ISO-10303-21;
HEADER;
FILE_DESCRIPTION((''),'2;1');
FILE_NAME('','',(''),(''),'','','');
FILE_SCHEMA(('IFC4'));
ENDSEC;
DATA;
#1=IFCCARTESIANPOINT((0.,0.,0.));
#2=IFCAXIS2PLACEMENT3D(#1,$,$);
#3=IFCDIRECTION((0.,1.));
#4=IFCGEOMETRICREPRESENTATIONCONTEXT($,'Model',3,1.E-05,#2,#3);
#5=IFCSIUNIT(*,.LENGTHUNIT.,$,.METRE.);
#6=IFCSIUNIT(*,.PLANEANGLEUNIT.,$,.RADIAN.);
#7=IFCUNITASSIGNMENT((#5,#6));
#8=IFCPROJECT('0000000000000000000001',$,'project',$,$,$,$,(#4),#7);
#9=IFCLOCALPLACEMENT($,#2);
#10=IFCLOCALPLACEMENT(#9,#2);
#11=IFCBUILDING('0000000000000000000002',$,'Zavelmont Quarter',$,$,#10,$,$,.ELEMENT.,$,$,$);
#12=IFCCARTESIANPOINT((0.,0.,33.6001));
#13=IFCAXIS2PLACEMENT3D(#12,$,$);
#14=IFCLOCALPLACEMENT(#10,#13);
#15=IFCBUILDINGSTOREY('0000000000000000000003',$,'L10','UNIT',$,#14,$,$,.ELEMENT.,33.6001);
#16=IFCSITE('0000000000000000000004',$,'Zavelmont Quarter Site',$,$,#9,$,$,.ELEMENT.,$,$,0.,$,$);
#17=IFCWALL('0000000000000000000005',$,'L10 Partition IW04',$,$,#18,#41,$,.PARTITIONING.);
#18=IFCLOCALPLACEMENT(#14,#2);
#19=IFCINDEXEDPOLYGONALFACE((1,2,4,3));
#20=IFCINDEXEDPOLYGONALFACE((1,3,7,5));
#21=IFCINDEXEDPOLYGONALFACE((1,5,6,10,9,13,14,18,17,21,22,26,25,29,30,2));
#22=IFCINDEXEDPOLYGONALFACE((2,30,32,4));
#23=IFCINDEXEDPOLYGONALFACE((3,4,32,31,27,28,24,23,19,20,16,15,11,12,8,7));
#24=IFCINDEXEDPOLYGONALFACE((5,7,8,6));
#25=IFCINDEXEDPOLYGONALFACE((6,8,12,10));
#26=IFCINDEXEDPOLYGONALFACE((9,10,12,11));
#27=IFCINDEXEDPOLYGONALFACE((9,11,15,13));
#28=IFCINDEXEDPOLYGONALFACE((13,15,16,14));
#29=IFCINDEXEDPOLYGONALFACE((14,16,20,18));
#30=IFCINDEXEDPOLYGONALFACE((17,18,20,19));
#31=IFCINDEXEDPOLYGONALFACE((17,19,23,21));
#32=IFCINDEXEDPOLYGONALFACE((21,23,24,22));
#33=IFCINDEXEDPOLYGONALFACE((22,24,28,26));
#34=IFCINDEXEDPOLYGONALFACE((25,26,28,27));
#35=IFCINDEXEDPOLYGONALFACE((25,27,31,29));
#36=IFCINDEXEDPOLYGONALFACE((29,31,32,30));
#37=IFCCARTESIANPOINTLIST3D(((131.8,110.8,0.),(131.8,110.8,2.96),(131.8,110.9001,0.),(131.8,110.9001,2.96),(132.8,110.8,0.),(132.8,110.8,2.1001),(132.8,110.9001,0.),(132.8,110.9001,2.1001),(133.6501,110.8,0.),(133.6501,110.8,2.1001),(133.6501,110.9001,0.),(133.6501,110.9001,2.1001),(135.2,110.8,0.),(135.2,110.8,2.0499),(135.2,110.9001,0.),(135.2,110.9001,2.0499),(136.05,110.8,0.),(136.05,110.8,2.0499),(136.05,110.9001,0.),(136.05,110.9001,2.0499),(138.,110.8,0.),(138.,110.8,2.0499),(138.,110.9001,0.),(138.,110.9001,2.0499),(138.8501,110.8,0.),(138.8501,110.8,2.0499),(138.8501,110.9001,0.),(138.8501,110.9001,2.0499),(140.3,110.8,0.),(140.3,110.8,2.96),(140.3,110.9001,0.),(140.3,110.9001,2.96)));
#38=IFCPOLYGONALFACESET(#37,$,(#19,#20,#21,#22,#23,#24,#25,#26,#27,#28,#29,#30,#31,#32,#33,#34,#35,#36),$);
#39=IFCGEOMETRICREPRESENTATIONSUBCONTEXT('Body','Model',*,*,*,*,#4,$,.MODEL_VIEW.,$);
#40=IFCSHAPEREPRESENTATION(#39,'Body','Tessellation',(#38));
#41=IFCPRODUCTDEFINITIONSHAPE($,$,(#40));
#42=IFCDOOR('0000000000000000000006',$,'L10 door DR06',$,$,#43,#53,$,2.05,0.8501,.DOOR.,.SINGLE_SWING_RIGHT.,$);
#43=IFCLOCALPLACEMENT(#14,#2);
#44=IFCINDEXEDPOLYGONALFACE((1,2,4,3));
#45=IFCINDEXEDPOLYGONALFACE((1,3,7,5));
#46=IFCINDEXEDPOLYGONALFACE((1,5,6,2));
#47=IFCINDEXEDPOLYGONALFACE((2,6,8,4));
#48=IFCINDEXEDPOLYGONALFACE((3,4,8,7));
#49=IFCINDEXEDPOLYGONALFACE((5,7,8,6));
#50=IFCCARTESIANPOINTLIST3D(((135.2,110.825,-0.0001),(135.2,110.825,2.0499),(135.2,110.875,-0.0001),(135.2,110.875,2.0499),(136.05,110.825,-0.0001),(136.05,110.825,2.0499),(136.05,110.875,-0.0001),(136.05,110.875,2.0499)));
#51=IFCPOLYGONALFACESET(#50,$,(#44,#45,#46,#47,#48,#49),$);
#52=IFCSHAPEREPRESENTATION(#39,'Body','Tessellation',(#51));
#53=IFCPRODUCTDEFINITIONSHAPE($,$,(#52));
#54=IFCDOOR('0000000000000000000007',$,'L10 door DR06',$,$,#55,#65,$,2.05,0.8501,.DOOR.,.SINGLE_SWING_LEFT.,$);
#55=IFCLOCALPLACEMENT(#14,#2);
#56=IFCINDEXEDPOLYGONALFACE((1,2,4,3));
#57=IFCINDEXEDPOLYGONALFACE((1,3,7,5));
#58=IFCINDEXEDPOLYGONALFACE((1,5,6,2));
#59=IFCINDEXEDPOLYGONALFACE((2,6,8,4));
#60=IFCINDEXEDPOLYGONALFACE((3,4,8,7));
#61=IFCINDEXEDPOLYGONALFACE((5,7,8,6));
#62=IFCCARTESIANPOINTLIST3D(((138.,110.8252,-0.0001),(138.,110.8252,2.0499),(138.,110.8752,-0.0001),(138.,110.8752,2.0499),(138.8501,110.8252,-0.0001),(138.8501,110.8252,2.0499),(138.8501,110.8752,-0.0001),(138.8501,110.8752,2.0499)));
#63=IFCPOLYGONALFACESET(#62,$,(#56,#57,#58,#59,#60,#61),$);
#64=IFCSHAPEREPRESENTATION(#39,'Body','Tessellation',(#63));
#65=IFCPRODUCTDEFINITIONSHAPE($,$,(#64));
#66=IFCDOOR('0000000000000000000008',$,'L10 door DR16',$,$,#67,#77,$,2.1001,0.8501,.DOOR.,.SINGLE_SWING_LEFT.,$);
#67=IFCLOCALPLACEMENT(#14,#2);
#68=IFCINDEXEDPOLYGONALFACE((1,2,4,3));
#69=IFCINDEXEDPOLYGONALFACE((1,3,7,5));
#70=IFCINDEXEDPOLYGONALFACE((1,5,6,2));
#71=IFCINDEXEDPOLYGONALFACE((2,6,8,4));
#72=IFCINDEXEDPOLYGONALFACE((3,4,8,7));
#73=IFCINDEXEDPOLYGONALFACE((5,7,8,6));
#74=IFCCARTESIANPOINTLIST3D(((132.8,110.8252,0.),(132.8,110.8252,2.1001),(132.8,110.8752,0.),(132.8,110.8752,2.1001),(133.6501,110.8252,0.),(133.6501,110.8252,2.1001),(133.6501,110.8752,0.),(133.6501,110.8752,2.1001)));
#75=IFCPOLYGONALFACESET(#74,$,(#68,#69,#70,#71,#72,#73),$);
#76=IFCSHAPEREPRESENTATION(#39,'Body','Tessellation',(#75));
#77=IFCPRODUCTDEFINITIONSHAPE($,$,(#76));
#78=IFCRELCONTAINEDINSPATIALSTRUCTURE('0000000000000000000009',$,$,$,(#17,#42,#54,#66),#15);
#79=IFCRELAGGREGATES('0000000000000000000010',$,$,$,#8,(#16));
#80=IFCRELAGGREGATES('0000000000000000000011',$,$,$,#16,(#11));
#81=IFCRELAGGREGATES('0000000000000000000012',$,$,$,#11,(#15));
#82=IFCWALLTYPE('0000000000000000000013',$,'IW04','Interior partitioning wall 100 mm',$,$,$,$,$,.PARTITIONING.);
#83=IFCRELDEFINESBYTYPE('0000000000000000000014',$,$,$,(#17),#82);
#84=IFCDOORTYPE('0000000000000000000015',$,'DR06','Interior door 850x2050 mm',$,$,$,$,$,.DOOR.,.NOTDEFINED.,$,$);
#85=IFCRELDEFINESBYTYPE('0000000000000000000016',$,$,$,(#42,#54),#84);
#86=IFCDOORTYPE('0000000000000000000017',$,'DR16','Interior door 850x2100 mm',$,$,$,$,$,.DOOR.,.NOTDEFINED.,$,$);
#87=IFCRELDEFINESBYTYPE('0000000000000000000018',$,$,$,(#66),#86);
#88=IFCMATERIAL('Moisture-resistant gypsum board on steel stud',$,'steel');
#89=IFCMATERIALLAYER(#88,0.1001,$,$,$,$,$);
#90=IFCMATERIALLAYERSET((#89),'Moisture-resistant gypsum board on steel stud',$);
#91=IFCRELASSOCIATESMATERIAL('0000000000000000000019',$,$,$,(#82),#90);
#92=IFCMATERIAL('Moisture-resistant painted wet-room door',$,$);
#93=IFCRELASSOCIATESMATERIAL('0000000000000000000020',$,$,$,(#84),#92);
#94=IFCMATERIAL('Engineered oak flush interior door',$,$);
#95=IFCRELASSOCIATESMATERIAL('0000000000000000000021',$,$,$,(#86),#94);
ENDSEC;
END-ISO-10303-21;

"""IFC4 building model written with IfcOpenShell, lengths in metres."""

from ifc_helpers import new_model, si_unit, direction, frame, frame_2d, origin, origin_with_axes, place, context, subcontext, project, spatial, rectangle, extrude, material, layer, layer_set, type_object, element, fill, save


model = new_model("IFC4")

# Units and contexts
model_context = context("Model", 3, precision=1e-05, world=origin(), true_north=direction((0.0, 1.0)))
body_context = subcontext(model_context, "Body", "Model", "MODEL_VIEW")
ifc_project = project(units=[si_unit("LENGTHUNIT", "METRE"), si_unit("PLANEANGLEUNIT", "RADIAN")], contexts=[model_context])

# Site, building, storey
site_placement = place(None, origin())
site = spatial("IfcSite", under=ifc_project, at=site_placement, Name="Zavelmont Quarter Site", CompositionType="ELEMENT", RefElevation=0.0)
building_placement = place(site_placement, origin())
building = spatial("IfcBuilding", under=site, at=building_placement, Name="Zavelmont Quarter", CompositionType="ELEMENT")
storey_placement = place(building_placement, frame((0.0, 0.0, 33.6001)))
storey = spatial("IfcBuildingStorey", under=building, at=storey_placement, Name="L10", Description="UNIT", CompositionType="ELEMENT", Elevation=33.6001)

# Shared definitions
ifc_material_1 = material(Name="Engineered oak flush interior door")

# Shared definitions
ifc_material_2 = material(Name="Moisture-resistant gypsum board on steel stud", Category="steel")
ifc_layer_1 = layer(ifc_material_2, 0.1001)
ifc_layer_set_1 = layer_set([ifc_layer_1], Name="Moisture-resistant gypsum board on steel stud")
wall_type_1 = type_object("IfcWallType", Name="IW04", Description="Interior partitioning wall 100 mm", PredefinedType="PARTITIONING", material=ifc_layer_set_1)

# Wall, openings, doors
wall_1_placement = place(storey_placement, frame((131.8, 110.8501, 0.0), z_axis=(0.0, 0.0, 1.0), x_axis=(1.0, 0.0, 0.0)))
wall_1 = element("IfcWall", 1, at=wall_1_placement, inside=storey, type_object=wall_type_1, Name="L10 Partition IW04", PredefinedType="PARTITIONING", context=body_context, shape_type="SweptSolid", body=[
    extrude(rectangle(XDim=8.5, YDim=0.1001, at=frame_2d((4.25, 0.0))), origin(), (0.0, 0.0, 1.0), 2.96),
])
opening_1_placement = place(wall_1_placement, frame((1.0, 0.0, 0.0)))
opening_1 = element("IfcOpeningElement", 2, at=opening_1_placement, cuts=wall_1, PredefinedType="OPENING", context=body_context, shape_type="SweptSolid", body=[
    extrude(rectangle(XDim=0.8501, YDim=2.1001, at=frame_2d((0.425, 1.05))), frame((0.0, 0.062, 0.0), z_axis=(0.0, -1.0, 0.0), x_axis=(1.0, 0.0, 0.0)), (0.0, 0.0, 1.0), 0.124),
])
opening_2_placement = place(wall_1_placement, frame((3.3999, 0.0, 0.0)))
opening_2 = element("IfcOpeningElement", 3, at=opening_2_placement, cuts=wall_1, PredefinedType="OPENING", context=body_context, shape_type="SweptSolid", body=[
    extrude(rectangle(XDim=0.8501, YDim=2.05, at=frame_2d((0.425, 1.0249))), frame((0.0, 0.062, 0.0), z_axis=(0.0, -1.0, 0.0), x_axis=(1.0, 0.0, 0.0)), (0.0, 0.0, 1.0), 0.124),
])
opening_3_placement = place(wall_1_placement, frame((6.2, 0.0, 0.0)))
opening_3 = element("IfcOpeningElement", 4, at=opening_3_placement, cuts=wall_1, PredefinedType="OPENING", context=body_context, shape_type="SweptSolid", body=[
    extrude(rectangle(XDim=0.8501, YDim=2.05, at=frame_2d((0.425, 1.0249))), frame((0.0, 0.062, 0.0), z_axis=(0.0, -1.0, 0.0), x_axis=(1.0, 0.0, 0.0)), (0.0, 0.0, 1.0), 0.124),
])
ifc_material_3 = material(Name="Moisture-resistant painted wet-room door")
door_type_1 = type_object("IfcDoorType", Name="DR06", Description="Interior door 850x2050 mm", OperationType="NOTDEFINED", PredefinedType="DOOR", material=ifc_material_3)
door_1_placement = place(opening_2_placement, origin_with_axes())
door_1 = element("IfcDoor", 5, at=door_1_placement, inside=storey, type_object=door_type_1, Name="L10 door DR06", OperationType="SINGLE_SWING_RIGHT", OverallHeight=2.05, OverallWidth=0.8501, PredefinedType="DOOR", context=body_context, shape_type="SweptSolid", body=[
    extrude(rectangle(XDim=0.8501, YDim=2.05, at=frame_2d((0.425, 1.0249))), frame((0.0, 0.0249, 0.0), z_axis=(0.0, -1.0, 0.0), x_axis=(1.0, 0.0, 0.0)), (0.0, 0.0, 1.0), 0.05),
])
fill(opening_2, door_1)
door_2_placement = place(opening_3_placement, frame((0.8501, 0.0, 0.0), z_axis=(0.0, 0.0, 1.0), x_axis=(-1.0, 0.0, 0.0)))
door_2 = element("IfcDoor", 6, at=door_2_placement, inside=storey, type_object=door_type_1, Name="L10 door DR06", OperationType="SINGLE_SWING_LEFT", OverallHeight=2.05, OverallWidth=0.8501, PredefinedType="DOOR", context=body_context, shape_type="SweptSolid", body=[
    extrude(rectangle(XDim=0.8501, YDim=2.05, at=frame_2d((0.425, 1.0249))), frame((0.0, 0.0249, 0.0), z_axis=(0.0, -1.0, 0.0), x_axis=(1.0, 0.0, 0.0)), (0.0, 0.0, 1.0), 0.05),
])
fill(opening_3, door_2)
door_type_2 = type_object("IfcDoorType", Name="DR16", Description="Interior door 850x2100 mm", OperationType="NOTDEFINED", PredefinedType="DOOR", material=ifc_material_1)
door_3_placement = place(opening_1_placement, frame((0.8501, 0.0, 0.0), z_axis=(0.0, 0.0, 1.0), x_axis=(-1.0, 0.0, 0.0)))
door_3 = element("IfcDoor", 7, at=door_3_placement, inside=storey, type_object=door_type_2, Name="L10 door DR16", OperationType="SINGLE_SWING_LEFT", OverallHeight=2.1001, OverallWidth=0.8501, PredefinedType="DOOR", context=body_context, shape_type="SweptSolid", body=[
    extrude(rectangle(XDim=0.8501, YDim=2.1001, at=frame_2d((0.425, 1.05))), frame((0.0, 0.0249, 0.0), z_axis=(0.0, -1.0, 0.0), x_axis=(1.0, 0.0, 0.0)), (0.0, 0.0, 1.0), 0.05),
])
fill(opening_1, door_3)

save(model, "model.ifc")
